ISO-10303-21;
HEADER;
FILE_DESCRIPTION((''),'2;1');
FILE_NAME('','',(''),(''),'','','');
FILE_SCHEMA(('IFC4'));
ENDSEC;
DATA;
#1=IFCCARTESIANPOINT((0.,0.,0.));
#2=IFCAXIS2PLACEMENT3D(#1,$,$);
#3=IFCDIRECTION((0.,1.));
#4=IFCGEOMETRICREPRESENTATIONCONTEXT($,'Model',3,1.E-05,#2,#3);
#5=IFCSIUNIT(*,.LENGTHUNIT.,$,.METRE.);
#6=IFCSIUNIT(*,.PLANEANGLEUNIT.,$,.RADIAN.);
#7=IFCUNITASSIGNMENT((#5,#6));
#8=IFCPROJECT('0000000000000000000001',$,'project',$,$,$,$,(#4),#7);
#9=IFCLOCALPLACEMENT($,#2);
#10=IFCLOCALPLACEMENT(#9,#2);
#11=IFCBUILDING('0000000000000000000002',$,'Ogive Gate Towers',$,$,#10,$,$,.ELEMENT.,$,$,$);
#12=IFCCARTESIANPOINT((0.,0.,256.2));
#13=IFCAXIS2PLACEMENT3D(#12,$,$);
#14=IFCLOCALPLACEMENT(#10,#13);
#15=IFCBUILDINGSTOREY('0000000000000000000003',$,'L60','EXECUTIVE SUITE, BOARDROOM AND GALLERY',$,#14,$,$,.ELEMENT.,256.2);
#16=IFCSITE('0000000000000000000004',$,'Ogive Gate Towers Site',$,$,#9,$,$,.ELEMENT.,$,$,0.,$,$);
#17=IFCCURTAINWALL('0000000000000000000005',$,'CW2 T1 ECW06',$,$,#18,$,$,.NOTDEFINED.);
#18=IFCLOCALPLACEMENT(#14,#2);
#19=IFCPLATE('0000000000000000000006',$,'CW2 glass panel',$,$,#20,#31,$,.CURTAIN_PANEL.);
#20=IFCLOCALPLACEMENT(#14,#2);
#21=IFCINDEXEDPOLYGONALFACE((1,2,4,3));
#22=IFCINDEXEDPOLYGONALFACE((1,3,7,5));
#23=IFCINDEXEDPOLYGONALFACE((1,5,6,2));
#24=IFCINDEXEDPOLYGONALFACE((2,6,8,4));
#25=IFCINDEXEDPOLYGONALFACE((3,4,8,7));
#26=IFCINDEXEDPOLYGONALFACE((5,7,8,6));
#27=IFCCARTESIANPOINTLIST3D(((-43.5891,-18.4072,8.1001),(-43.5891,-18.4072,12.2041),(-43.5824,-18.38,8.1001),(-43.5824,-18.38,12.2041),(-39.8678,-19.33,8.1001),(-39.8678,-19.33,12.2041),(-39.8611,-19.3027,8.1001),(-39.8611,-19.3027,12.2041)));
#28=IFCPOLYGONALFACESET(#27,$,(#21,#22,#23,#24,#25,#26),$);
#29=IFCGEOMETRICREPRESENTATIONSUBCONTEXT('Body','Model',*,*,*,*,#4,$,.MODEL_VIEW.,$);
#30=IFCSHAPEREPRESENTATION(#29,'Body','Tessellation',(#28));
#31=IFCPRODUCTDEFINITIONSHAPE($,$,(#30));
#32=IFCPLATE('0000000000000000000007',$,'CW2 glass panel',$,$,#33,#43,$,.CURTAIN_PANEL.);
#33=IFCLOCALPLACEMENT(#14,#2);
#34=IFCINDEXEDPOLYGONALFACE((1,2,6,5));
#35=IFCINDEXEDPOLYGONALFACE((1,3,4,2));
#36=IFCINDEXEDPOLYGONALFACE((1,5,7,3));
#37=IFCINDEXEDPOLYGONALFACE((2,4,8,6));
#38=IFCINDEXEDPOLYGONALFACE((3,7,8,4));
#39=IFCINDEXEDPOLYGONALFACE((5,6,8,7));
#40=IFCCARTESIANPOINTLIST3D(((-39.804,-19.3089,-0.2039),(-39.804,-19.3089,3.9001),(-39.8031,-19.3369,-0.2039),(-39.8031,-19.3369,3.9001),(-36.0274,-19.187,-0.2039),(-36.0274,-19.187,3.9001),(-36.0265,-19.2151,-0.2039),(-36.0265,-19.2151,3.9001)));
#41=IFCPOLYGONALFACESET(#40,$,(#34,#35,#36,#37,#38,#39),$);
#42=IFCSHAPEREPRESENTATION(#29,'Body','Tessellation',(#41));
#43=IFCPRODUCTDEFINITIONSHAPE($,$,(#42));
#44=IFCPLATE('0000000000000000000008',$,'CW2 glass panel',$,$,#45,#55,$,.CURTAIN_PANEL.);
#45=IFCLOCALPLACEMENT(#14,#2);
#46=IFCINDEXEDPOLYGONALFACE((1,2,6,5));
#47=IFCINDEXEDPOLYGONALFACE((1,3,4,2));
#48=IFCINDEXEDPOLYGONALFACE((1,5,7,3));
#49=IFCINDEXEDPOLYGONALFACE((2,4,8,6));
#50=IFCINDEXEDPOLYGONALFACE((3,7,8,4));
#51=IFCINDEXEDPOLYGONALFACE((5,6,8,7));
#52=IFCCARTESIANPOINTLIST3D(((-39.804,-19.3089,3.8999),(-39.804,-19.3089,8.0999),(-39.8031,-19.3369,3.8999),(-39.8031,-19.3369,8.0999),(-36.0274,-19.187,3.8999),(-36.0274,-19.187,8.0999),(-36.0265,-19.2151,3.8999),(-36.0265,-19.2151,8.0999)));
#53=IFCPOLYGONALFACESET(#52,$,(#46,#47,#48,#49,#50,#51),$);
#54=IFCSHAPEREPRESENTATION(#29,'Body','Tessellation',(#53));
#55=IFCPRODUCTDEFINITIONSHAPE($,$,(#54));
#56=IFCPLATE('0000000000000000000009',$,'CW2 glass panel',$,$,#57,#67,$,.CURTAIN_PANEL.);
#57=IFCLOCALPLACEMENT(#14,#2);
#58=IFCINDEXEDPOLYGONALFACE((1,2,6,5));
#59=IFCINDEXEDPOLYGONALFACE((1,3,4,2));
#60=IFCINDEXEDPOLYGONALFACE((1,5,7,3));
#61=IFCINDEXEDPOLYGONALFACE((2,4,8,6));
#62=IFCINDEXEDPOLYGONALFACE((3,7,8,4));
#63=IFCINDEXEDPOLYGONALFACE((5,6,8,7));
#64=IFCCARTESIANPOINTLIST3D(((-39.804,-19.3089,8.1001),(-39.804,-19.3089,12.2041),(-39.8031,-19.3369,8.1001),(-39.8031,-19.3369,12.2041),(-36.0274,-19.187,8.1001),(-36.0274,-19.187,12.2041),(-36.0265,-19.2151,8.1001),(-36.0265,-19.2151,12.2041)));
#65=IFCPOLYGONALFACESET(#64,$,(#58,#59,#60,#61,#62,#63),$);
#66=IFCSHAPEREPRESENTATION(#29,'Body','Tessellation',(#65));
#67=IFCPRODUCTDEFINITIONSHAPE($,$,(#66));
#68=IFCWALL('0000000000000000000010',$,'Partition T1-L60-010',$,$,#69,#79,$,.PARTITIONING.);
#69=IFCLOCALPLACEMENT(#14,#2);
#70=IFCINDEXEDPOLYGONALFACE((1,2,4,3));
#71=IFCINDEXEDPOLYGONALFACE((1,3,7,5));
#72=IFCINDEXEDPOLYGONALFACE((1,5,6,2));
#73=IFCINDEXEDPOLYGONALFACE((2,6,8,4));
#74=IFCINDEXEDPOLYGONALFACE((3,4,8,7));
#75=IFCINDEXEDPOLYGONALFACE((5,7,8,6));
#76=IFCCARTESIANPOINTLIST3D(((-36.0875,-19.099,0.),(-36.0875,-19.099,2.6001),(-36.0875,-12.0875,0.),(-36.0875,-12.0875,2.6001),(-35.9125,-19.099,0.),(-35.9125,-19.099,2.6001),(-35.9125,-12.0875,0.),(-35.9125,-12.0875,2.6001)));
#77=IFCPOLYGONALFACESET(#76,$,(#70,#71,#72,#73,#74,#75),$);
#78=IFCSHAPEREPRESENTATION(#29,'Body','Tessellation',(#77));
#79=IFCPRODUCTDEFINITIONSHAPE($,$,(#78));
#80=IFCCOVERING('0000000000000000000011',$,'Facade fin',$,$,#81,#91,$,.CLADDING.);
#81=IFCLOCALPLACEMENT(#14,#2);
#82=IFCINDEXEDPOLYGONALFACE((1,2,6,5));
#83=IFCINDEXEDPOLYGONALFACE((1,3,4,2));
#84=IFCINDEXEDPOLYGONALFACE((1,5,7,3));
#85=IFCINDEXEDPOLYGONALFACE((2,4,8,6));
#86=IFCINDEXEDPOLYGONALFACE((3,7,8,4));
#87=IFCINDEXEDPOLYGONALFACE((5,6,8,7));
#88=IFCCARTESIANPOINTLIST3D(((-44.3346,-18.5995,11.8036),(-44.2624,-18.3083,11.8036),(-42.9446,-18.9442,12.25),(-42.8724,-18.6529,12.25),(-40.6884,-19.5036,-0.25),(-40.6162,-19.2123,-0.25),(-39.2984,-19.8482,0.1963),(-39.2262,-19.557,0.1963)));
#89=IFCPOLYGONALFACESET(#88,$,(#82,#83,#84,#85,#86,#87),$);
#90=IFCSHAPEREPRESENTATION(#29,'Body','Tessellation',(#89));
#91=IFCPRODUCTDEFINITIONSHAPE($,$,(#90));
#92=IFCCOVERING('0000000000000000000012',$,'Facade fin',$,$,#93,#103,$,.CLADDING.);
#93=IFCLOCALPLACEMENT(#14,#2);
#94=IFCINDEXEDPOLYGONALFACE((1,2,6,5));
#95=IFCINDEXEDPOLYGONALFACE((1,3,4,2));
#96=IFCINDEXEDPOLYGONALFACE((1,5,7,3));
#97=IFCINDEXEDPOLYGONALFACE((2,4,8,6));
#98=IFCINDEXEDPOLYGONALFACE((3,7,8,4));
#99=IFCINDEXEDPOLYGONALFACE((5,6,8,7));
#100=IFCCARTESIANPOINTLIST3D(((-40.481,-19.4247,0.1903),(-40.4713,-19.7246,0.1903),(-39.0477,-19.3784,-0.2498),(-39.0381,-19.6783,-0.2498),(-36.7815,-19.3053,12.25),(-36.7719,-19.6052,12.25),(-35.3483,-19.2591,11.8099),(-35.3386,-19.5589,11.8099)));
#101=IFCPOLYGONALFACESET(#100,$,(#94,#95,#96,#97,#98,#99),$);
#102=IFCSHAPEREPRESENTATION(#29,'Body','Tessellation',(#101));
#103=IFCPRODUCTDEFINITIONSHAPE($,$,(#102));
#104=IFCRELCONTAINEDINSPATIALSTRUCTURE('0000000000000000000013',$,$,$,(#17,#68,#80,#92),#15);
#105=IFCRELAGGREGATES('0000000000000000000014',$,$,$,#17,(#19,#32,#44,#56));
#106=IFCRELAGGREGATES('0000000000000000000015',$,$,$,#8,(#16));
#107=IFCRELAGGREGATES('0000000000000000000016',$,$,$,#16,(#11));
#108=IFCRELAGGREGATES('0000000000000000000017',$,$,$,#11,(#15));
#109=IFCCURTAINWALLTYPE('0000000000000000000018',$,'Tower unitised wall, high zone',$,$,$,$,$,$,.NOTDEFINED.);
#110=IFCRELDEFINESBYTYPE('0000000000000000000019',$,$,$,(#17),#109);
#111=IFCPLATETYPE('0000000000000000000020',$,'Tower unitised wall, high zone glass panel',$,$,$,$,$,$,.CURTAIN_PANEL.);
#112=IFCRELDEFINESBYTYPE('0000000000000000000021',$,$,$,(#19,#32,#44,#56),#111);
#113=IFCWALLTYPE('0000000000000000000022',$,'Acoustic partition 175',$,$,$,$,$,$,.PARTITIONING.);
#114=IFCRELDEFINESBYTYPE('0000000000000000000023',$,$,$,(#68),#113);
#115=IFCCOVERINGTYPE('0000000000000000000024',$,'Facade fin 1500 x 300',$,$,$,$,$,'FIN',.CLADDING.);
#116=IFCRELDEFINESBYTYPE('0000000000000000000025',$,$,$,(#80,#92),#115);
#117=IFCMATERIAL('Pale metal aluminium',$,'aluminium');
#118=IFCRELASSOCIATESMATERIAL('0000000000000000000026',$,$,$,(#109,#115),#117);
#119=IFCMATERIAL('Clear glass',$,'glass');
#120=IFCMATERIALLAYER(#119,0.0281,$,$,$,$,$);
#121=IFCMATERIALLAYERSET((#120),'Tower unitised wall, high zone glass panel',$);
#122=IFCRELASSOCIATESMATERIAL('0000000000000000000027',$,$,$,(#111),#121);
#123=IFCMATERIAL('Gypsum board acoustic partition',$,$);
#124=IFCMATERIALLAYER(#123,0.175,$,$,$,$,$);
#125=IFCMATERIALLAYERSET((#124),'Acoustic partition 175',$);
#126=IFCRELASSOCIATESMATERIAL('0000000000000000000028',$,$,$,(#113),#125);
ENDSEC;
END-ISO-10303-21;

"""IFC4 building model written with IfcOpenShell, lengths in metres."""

from ifc_helpers import new_model, si_unit, direction, frame, frame_2d, origin, origin_2d, place, context, subcontext, project, spatial, rectangle, extrude, material, layer, layer_set, material_profile, profile_set, type_object, element, aggregate, save


model = new_model("IFC4")

# Units and contexts
model_context = context("Model", 3, precision=1e-05, world=origin(), true_north=direction((0.0, 1.0)))
body_context = subcontext(model_context, "Body", "Model", "MODEL_VIEW")
ifc_project = project(units=[si_unit("LENGTHUNIT", "METRE"), si_unit("PLANEANGLEUNIT", "RADIAN")], contexts=[model_context])

# Site, building, storey
site_placement = place(None, origin())
site = spatial("IfcSite", under=ifc_project, at=site_placement, Name="Ogive Gate Towers Site", CompositionType="ELEMENT", RefElevation=0.0)
building_placement = place(site_placement, origin())
building = spatial("IfcBuilding", under=site, at=building_placement, Name="Ogive Gate Towers", CompositionType="ELEMENT")
storey_placement = place(building_placement, frame((0.0, 0.0, 256.2)))
storey = spatial("IfcBuildingStorey", under=building, at=storey_placement, Name="L60", Description="EXECUTIVE SUITE, BOARDROOM AND GALLERY", CompositionType="ELEMENT", Elevation=256.2)

# Curtain wall, plates
ifc_material_1 = material(Name="Pale metal aluminium", Category="aluminium")
curtain_wall_type = type_object("IfcCurtainWallType", Name="Tower unitised wall, high zone", PredefinedType="NOTDEFINED", material=ifc_material_1)
curtain_wall_placement = place(storey_placement, origin())
curtain_wall = element("IfcCurtainWall", 1, at=curtain_wall_placement, inside=storey, type_object=curtain_wall_type, Name="CW2 T1 ECW06", PredefinedType="NOTDEFINED")
ifc_material_2 = material(Name="Clear glass", Category="glass")
ifc_layer_1 = layer(ifc_material_2, 0.0281)
ifc_layer_set_1 = layer_set([ifc_layer_1], Name="Tower unitised wall, high zone glass panel")
plate_type = type_object("IfcPlateType", Name="Tower unitised wall, high zone glass panel", PredefinedType="CURTAIN_PANEL", material=ifc_layer_set_1)
plate_1_placement = place(storey_placement, frame((-41.7251, -18.855, 8.1001), z_axis=(0.0, 0.0, 1.0), x_axis=(0.970607, -0.240669, 0.0)))
plate_1 = element("IfcPlate", 2, at=plate_1_placement, type_object=plate_type, Name="CW2 glass panel", PredefinedType="CURTAIN_PANEL", context=body_context, shape_type="SweptSolid", body=[
    extrude(rectangle(XDim=3.834, YDim=0.0281, at=origin_2d()), origin(), (0.0, 0.0, 1.0), 4.104),
])
plate_2_placement = place(storey_placement, frame((-37.9153, -19.262, -0.2039), z_axis=(0.0, 0.0, 1.0), x_axis=(0.99948, 0.032248, 0.0)))
plate_2 = element("IfcPlate", 3, at=plate_2_placement, type_object=plate_type, Name="CW2 glass panel", PredefinedType="CURTAIN_PANEL", context=body_context, shape_type="SweptSolid", body=[
    extrude(rectangle(XDim=3.7786, YDim=0.0281, at=origin_2d()), origin(), (0.0, 0.0, 1.0), 4.104),
])
plate_3_placement = place(storey_placement, frame((-37.9153, -19.262, 3.8999), z_axis=(0.0, 0.0, 1.0), x_axis=(0.99948, 0.032248, 0.0)))
plate_3 = element("IfcPlate", 4, at=plate_3_placement, type_object=plate_type, Name="CW2 glass panel", PredefinedType="CURTAIN_PANEL", context=body_context, shape_type="SweptSolid", body=[
    extrude(rectangle(XDim=3.7786, YDim=0.0281, at=origin_2d()), origin(), (0.0, 0.0, 1.0), 4.2),
])
plate_4_placement = place(storey_placement, frame((-37.9153, -19.262, 8.1001), z_axis=(0.0, 0.0, 1.0), x_axis=(0.99948, 0.032248, 0.0)))
plate_4 = element("IfcPlate", 5, at=plate_4_placement, type_object=plate_type, Name="CW2 glass panel", PredefinedType="CURTAIN_PANEL", context=body_context, shape_type="SweptSolid", body=[
    extrude(rectangle(XDim=3.7786, YDim=0.0281, at=origin_2d()), origin(), (0.0, 0.0, 1.0), 4.104),
])
aggregate(curtain_wall, [plate_1, plate_2, plate_3, plate_4])

# Wall
ifc_material_3 = material(Name="Gypsum board acoustic partition")
ifc_layer_2 = layer(ifc_material_3, 0.175)
ifc_layer_set_2 = layer_set([ifc_layer_2], Name="Acoustic partition 175")
wall_type = type_object("IfcWallType", Name="Acoustic partition 175", PredefinedType="PARTITIONING", material=ifc_layer_set_2)
wall_placement = place(storey_placement, frame((-36.0, -19.0991, 0.0), z_axis=(0.0, 0.0, 1.0), x_axis=(0.0, 1.0, 0.0)))
element("IfcWall", 6, at=wall_placement, inside=storey, type_object=wall_type, Name="Partition T1-L60-010", PredefinedType="PARTITIONING", context=body_context, shape_type="SweptSolid", body=[
    extrude(rectangle(XDim=7.0115, YDim=0.175, at=frame_2d((3.5059, 0.0))), origin(), (0.0, 0.0, 1.0), 2.6001),
])

# Coverings
ifc_material_profile_1 = material_profile(ifc_material_1, rectangle(XDim=0.3, YDim=1.5, at=origin_2d()), Name="1500 x 300 pale metal aluminium")
ifc_profile_set_1 = profile_set([ifc_material_profile_1], Name="Pale metal aluminium")
covering_type = type_object("IfcCoveringType", Name="Facade fin 1500 x 300", ElementType="FIN", PredefinedType="CLADDING", material=ifc_profile_set_1)
covering_1_placement = place(storey_placement, frame((-39.9573, -19.5303, -0.0269), z_axis=(-0.288799, 0.071605, 0.954708), x_axis=(-0.240654, -0.970611, 0.0)))
element("IfcCovering", 7, at=covering_1_placement, inside=storey, type_object=covering_type, Name="Facade fin", PredefinedType="CLADDING", context=body_context, shape_type="SweptSolid", body=[
    extrude(rectangle(XDim=0.3, YDim=1.5, at=origin_2d()), origin(), (0.0, 0.0, 1.0), 12.6255),
])
covering_2_placement = place(storey_placement, frame((-39.7595, -19.5515, -0.0298), z_axis=(0.293258, 0.009464, 0.955987), x_axis=(-0.032254, 0.99948, 0.0)))
element("IfcCovering", 8, at=covering_2_placement, inside=storey, type_object=covering_type, Name="Facade fin", PredefinedType="CLADDING", context=body_context, shape_type="SweptSolid", body=[
    extrude(rectangle(XDim=0.3, YDim=1.5, at=origin_2d()), origin(), (0.0, 0.0, 1.0), 12.615),
])

save(model, "model.ifc")
